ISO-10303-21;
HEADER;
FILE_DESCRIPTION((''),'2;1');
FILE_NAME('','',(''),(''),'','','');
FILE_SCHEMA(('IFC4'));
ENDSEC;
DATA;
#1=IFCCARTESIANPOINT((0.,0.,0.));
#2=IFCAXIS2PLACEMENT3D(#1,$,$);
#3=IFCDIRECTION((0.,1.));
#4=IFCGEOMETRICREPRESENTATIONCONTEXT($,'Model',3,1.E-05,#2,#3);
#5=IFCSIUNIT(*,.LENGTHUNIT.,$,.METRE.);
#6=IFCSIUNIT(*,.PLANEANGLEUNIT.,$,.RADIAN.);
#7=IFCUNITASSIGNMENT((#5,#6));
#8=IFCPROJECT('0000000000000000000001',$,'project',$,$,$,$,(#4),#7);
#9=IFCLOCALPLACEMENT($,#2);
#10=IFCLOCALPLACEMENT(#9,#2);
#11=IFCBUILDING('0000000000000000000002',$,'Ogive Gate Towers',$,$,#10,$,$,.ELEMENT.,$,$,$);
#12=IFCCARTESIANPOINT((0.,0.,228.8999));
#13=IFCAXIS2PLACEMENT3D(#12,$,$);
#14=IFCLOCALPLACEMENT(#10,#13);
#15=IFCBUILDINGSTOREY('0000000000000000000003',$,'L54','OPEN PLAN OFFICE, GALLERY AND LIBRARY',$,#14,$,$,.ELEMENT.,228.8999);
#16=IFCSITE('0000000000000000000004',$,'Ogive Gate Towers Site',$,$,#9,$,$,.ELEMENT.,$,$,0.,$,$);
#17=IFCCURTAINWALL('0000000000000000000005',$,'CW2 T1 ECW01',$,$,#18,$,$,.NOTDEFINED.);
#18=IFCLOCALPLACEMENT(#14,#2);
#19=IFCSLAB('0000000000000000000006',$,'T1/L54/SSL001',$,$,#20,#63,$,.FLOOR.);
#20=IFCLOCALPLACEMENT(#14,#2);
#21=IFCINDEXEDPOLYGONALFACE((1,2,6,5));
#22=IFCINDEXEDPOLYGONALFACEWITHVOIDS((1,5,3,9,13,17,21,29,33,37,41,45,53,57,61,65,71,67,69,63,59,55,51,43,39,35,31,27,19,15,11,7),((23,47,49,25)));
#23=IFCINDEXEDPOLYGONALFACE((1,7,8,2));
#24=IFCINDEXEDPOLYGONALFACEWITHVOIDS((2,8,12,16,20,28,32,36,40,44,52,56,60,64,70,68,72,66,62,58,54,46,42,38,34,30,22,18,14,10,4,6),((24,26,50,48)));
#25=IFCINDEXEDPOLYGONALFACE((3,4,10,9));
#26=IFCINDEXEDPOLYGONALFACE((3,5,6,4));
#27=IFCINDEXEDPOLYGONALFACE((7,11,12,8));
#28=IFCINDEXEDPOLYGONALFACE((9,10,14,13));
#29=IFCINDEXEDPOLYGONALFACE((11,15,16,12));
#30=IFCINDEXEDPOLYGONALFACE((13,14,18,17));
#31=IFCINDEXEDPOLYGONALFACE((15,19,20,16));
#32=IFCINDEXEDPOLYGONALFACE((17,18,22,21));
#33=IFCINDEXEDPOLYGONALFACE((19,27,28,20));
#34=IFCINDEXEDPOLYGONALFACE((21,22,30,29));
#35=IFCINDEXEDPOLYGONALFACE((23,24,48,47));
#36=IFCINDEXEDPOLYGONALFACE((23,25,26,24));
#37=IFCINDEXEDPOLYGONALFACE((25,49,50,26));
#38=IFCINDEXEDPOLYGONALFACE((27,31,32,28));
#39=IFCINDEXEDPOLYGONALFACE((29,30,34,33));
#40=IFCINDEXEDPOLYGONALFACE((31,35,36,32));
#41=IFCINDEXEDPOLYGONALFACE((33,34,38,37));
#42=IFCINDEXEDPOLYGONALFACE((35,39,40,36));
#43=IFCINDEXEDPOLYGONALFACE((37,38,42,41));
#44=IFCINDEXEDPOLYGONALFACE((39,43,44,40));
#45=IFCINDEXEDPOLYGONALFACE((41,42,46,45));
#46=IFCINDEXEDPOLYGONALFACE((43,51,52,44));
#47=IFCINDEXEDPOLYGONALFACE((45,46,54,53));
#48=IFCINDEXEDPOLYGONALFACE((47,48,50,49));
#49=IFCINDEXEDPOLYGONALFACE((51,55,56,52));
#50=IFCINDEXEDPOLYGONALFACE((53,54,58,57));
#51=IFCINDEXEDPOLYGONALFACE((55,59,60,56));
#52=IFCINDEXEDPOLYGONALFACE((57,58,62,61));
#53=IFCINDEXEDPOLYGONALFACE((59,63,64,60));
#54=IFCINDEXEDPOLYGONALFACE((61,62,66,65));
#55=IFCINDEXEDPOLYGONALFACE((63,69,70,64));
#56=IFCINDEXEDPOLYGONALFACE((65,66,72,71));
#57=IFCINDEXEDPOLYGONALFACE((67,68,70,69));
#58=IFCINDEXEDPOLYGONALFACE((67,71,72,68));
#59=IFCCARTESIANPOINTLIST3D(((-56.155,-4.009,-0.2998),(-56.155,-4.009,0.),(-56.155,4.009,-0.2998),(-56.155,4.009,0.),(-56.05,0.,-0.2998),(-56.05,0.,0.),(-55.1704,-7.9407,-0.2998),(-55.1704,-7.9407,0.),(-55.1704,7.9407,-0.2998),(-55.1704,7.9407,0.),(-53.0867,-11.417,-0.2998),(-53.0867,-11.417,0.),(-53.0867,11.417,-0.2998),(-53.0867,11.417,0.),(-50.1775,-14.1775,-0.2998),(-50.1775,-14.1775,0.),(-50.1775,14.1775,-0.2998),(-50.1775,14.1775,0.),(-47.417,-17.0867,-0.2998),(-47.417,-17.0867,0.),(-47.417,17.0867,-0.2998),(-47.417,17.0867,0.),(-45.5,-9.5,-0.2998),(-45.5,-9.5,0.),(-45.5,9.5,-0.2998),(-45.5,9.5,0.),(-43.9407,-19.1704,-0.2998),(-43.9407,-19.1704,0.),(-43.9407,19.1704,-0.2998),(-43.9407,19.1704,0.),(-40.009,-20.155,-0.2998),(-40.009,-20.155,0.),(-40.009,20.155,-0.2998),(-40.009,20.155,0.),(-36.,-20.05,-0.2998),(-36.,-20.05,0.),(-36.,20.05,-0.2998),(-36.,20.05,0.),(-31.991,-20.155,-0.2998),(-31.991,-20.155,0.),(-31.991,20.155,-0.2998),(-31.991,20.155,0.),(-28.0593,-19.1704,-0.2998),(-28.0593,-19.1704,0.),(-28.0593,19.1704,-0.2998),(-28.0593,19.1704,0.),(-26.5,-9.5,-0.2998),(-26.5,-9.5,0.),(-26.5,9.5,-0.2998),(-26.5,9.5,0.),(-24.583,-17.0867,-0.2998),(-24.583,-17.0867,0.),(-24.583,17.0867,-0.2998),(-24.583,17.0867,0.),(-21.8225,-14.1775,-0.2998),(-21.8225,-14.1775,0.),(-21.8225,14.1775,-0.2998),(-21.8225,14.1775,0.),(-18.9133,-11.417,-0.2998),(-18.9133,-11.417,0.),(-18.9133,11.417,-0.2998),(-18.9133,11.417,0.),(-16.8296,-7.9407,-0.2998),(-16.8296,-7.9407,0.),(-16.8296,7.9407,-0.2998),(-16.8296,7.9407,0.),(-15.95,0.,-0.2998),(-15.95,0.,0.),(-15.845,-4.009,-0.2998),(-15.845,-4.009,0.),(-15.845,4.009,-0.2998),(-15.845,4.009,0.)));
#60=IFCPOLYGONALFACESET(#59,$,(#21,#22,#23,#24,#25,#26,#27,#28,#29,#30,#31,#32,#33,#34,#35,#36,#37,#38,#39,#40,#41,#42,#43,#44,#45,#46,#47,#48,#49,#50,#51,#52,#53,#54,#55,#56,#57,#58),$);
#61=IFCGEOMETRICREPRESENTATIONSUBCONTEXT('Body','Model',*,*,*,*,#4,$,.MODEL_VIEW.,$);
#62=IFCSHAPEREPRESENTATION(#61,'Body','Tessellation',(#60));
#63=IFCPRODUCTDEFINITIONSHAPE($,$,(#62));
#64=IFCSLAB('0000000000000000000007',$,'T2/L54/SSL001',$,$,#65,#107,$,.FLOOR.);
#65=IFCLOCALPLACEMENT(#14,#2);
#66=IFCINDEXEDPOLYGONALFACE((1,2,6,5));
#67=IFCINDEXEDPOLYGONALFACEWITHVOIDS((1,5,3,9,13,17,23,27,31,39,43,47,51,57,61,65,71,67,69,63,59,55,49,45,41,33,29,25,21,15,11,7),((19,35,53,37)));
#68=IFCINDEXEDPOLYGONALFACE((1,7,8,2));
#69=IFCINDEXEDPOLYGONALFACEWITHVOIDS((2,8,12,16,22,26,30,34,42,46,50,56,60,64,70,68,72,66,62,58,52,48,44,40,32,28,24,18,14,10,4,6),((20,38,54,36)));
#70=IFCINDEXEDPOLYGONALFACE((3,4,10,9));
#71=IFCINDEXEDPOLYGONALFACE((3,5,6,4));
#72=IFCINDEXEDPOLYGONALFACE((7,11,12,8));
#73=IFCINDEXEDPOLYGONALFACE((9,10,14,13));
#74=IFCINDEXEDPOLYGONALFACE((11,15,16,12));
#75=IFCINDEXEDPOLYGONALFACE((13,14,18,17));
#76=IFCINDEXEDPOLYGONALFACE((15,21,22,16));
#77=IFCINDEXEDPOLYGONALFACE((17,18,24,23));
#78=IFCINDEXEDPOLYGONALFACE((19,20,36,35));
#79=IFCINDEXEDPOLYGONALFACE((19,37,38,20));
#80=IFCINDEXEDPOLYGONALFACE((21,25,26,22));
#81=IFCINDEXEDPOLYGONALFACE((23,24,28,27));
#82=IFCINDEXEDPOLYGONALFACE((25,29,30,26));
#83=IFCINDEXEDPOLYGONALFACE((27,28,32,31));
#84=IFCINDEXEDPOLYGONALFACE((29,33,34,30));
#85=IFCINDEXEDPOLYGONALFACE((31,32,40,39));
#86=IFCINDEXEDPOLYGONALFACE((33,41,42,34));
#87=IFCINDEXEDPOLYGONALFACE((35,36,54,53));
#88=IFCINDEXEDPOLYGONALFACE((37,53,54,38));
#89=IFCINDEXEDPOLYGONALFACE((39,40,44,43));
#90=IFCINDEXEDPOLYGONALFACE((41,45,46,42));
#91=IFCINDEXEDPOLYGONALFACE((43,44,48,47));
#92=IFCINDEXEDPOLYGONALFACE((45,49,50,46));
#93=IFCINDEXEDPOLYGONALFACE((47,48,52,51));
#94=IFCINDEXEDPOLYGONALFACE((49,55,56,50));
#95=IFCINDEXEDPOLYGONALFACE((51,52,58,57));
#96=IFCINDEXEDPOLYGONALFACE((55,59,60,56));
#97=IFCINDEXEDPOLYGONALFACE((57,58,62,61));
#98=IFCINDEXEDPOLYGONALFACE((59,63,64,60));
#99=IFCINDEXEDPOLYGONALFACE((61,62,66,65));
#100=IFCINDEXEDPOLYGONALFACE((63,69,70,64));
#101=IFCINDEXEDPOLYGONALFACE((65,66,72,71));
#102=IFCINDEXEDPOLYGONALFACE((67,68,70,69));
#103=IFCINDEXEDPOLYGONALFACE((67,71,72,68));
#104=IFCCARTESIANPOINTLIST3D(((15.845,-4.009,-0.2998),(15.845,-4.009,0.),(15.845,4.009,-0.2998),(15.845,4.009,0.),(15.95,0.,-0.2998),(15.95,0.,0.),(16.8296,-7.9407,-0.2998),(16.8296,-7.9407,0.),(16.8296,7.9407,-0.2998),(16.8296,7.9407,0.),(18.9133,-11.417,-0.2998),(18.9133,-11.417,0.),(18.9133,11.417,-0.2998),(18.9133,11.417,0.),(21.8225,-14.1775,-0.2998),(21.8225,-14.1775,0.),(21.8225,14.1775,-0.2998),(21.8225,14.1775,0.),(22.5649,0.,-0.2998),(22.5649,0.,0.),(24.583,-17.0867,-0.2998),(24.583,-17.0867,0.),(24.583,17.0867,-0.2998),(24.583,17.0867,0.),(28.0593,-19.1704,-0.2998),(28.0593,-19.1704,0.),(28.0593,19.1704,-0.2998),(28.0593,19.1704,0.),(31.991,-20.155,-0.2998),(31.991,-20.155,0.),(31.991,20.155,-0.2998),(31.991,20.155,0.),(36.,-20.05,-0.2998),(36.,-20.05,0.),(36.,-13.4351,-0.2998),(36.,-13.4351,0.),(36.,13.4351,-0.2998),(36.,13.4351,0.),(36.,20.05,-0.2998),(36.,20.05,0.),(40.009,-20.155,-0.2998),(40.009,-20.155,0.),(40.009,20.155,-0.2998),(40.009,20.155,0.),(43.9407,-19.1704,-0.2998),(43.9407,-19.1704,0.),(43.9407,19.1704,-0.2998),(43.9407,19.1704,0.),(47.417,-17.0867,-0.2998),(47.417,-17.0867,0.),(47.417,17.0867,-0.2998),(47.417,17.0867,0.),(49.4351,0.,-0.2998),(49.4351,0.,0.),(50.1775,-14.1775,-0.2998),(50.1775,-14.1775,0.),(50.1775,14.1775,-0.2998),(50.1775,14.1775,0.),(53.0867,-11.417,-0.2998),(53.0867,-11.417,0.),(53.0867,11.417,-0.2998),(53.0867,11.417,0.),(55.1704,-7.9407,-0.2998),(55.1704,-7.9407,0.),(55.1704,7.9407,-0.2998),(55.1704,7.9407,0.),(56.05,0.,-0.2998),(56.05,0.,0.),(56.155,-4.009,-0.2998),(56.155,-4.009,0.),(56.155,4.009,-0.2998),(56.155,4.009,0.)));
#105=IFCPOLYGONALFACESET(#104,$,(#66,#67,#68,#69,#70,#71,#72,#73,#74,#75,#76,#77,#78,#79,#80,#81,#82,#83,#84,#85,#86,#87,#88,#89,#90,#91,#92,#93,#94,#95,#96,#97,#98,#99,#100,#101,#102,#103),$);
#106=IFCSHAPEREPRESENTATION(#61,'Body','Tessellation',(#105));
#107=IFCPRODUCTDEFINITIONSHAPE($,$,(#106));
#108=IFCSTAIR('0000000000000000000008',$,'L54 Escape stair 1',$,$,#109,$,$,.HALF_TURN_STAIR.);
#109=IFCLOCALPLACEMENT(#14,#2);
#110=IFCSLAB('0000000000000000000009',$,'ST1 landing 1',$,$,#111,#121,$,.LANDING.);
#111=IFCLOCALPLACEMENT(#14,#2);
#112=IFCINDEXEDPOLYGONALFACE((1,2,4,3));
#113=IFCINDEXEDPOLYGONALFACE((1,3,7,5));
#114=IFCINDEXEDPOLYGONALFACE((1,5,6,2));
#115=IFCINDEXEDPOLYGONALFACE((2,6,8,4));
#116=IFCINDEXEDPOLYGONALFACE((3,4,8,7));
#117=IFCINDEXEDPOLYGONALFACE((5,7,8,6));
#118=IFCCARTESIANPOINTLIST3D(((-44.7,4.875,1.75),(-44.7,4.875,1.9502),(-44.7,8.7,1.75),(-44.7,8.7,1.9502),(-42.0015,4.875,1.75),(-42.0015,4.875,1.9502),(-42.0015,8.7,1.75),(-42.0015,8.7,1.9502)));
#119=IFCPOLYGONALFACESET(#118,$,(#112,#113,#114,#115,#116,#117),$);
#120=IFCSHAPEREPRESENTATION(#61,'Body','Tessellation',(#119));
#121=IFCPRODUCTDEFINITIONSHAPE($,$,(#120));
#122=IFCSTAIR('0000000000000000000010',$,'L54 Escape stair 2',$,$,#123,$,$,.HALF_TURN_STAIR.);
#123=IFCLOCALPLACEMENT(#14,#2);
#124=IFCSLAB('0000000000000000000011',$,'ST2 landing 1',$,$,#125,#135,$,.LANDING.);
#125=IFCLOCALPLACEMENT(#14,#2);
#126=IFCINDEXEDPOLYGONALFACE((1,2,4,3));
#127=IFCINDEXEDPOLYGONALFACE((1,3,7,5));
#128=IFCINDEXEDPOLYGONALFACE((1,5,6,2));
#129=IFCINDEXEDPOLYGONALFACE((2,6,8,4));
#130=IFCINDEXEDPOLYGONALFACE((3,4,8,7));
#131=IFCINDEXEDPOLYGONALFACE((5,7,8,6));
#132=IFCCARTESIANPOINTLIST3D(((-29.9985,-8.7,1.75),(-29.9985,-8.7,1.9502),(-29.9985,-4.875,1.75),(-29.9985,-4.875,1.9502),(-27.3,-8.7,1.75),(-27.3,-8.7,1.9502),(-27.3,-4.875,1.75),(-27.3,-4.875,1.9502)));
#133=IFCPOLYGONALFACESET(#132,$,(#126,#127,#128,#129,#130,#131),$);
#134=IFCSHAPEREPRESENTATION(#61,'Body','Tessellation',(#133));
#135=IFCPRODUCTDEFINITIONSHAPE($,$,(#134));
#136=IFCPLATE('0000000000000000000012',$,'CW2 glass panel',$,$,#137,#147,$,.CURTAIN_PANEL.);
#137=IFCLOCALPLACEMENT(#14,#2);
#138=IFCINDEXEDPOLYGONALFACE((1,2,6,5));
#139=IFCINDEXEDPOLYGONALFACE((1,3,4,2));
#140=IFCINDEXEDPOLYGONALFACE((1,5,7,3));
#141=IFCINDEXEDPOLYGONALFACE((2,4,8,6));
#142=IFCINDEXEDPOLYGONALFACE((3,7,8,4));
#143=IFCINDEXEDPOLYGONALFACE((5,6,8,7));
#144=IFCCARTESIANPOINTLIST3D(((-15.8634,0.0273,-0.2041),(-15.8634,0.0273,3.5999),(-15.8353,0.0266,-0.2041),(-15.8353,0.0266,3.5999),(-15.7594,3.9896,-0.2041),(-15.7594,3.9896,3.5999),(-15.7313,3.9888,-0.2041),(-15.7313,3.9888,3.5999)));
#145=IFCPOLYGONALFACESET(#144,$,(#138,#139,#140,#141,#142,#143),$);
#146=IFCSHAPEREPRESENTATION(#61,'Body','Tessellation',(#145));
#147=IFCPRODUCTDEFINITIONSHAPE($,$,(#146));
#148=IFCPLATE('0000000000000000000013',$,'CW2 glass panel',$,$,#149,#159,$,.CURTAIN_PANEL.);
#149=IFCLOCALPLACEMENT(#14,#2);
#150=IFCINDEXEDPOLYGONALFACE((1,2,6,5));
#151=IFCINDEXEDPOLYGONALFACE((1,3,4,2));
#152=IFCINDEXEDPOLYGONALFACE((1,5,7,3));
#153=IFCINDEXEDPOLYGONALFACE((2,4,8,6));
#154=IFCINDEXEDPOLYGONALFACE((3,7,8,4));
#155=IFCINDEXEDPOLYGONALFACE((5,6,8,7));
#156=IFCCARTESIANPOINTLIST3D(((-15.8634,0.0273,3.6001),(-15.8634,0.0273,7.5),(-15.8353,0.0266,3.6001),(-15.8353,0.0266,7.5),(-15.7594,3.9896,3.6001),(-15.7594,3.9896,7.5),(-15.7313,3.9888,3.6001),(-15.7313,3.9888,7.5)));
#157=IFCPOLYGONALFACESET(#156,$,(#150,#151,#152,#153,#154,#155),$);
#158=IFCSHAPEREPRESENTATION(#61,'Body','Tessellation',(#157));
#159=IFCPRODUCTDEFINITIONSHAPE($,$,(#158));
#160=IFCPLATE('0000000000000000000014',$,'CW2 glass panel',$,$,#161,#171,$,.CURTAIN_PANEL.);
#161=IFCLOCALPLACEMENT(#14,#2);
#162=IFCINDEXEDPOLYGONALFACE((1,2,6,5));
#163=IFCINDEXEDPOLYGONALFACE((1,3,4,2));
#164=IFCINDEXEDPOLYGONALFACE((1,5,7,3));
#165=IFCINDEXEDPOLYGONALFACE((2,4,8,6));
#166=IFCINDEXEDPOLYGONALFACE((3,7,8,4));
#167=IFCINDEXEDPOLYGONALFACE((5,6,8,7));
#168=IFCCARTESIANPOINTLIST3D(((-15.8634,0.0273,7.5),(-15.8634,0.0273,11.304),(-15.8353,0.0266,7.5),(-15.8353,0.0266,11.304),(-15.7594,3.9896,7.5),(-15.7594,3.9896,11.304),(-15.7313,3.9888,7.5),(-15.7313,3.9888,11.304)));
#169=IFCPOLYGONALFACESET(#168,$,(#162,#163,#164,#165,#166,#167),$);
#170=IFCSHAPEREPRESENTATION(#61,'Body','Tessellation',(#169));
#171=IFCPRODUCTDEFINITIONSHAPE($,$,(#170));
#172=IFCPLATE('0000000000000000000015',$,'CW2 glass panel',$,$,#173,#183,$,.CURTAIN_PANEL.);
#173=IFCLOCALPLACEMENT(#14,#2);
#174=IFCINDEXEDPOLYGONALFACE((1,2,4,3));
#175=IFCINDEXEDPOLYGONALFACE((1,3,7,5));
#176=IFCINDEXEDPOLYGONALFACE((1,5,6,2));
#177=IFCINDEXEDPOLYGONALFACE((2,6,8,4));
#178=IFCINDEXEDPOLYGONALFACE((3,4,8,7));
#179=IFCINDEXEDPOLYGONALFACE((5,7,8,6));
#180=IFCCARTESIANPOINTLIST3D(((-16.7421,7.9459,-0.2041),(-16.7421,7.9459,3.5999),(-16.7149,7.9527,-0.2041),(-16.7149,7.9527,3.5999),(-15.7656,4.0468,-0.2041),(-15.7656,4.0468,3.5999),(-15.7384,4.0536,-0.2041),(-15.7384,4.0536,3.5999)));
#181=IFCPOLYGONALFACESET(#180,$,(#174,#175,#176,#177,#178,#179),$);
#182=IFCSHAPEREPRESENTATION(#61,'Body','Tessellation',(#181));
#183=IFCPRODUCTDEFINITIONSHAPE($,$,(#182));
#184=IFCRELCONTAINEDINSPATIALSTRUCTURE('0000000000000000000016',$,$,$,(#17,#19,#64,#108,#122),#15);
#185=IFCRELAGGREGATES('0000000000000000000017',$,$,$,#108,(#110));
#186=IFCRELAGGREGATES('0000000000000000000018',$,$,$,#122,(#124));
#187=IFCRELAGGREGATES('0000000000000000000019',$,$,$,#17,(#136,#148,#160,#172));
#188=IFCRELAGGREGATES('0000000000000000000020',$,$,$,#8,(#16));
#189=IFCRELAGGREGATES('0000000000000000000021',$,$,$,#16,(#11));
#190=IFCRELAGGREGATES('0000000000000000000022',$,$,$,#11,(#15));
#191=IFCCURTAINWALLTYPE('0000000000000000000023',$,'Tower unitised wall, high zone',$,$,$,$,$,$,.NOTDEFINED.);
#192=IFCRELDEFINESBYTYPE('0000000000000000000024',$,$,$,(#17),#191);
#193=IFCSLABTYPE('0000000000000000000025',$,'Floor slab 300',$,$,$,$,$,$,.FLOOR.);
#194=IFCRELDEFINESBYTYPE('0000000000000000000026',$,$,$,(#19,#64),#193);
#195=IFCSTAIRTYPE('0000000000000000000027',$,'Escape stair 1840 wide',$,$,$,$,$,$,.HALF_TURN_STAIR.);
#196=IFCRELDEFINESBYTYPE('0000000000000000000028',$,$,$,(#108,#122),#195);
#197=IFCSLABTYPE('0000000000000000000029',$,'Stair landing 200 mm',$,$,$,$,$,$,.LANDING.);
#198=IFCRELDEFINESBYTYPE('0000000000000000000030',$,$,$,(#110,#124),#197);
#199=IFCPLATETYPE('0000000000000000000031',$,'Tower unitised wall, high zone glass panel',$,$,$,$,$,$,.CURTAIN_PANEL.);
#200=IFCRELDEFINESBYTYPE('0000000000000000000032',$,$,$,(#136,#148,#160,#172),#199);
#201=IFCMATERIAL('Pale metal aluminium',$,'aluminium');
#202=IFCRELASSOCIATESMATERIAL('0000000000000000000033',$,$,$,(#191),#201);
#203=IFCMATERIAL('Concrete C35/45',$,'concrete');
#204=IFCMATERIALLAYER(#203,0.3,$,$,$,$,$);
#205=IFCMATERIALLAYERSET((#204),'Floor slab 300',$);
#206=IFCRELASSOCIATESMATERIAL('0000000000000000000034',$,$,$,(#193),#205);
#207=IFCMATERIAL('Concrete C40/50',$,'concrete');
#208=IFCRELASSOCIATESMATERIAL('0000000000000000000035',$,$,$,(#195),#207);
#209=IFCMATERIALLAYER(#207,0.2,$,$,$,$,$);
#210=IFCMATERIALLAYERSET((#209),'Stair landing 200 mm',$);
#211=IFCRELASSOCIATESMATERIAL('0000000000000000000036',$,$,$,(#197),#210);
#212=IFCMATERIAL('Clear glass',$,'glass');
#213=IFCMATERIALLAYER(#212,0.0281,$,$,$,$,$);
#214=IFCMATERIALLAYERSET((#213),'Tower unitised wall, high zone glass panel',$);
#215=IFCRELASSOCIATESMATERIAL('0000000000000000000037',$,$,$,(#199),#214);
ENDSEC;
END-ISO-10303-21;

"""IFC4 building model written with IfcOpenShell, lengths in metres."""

from ifc_helpers import new_model, si_unit, direction, frame, origin, origin_2d, place, context, subcontext, project, spatial, polyline, rectangle, outline, extrude, material, layer, layer_set, type_object, element, aggregate, save


model = new_model("IFC4")

# Units and contexts
model_context = context("Model", 3, precision=1e-05, world=origin(), true_north=direction((0.0, 1.0)))
body_context = subcontext(model_context, "Body", "Model", "MODEL_VIEW")
ifc_project = project(units=[si_unit("LENGTHUNIT", "METRE"), si_unit("PLANEANGLEUNIT", "RADIAN")], contexts=[model_context])

# Site, building, storey
site_placement = place(None, origin())
site = spatial("IfcSite", under=ifc_project, at=site_placement, Name="Ogive Gate Towers Site", CompositionType="ELEMENT", RefElevation=0.0)
building_placement = place(site_placement, origin())
building = spatial("IfcBuilding", under=site, at=building_placement, Name="Ogive Gate Towers", CompositionType="ELEMENT")
storey_placement = place(building_placement, frame((0.0, 0.0, 228.8999)))
storey = spatial("IfcBuildingStorey", under=building, at=storey_placement, Name="L54", Description="OPEN PLAN OFFICE, GALLERY AND LIBRARY", CompositionType="ELEMENT", Elevation=228.8999)

# Curtain wall
ifc_material_1 = material(Name="Pale metal aluminium", Category="aluminium")
curtain_wall_type = type_object("IfcCurtainWallType", Name="Tower unitised wall, high zone", PredefinedType="NOTDEFINED", material=ifc_material_1)
curtain_wall_1_placement = place(storey_placement, origin())
curtain_wall_1 = element("IfcCurtainWall", 1, at=curtain_wall_1_placement, inside=storey, type_object=curtain_wall_type, Name="CW2 T1 ECW01", PredefinedType="NOTDEFINED")

# Slabs
ifc_material_2 = material(Name="Concrete C40/50", Category="concrete")
ifc_material_3 = material(Name="Concrete C35/45", Category="concrete")
ifc_layer_1 = layer(ifc_material_3, 0.3)
ifc_layer_set_1 = layer_set([ifc_layer_1], Name="Floor slab 300")
slab_type_1 = type_object("IfcSlabType", Name="Floor slab 300", PredefinedType="FLOOR", material=ifc_layer_set_1)
slab_1_placement = place(storey_placement, frame((0.0, 0.0, -0.2998)))
element("IfcSlab", 2, at=slab_1_placement, inside=storey, type_object=slab_type_1, Name="T1/L54/SSL001", PredefinedType="FLOOR", context=body_context, shape_type="SweptSolid", body=[
    extrude(outline(polyline([(-15.845, -4.009), (-15.95, 0.0), (-15.845, 4.009), (-16.8296, 7.9407), (-18.9133, 11.417), (-21.8225, 14.1775), (-24.583, 17.0867), (-28.0593, 19.1704), (-31.991, 20.155), (-36.0, 20.05), (-40.009, 20.155), (-43.9407, 19.1704), (-47.417, 17.0867), (-50.1775, 14.1775), (-53.0867, 11.417), (-55.1704, 7.9407), (-56.155, 4.009), (-56.05, 0.0), (-56.155, -4.009), (-55.1704, -7.9407), (-53.0867, -11.417), (-50.1775, -14.1775), (-47.417, -17.0867), (-43.9407, -19.1704), (-40.009, -20.155), (-36.0, -20.05), (-31.991, -20.155), (-28.0593, -19.1704), (-24.583, -17.0867), (-21.8225, -14.1775), (-18.9133, -11.417), (-16.8296, -7.9407), (-15.845, -4.009)]), holes=[polyline([(-26.5, -9.5), (-45.5, -9.5), (-45.5, 9.5), (-26.5, 9.5), (-26.5, -9.5)])]), origin(), (0.0, 0.0, 1.0), 0.2998),
])
slab_2_placement = place(storey_placement, frame((0.0, 0.0, -0.2998)))
element("IfcSlab", 3, at=slab_2_placement, inside=storey, type_object=slab_type_1, Name="T2/L54/SSL001", PredefinedType="FLOOR", context=body_context, shape_type="SweptSolid", body=[
    extrude(outline(polyline([(56.155, -4.009), (56.05, 0.0), (56.155, 4.009), (55.1704, 7.9407), (53.0867, 11.417), (50.1775, 14.1775), (47.417, 17.0867), (43.9407, 19.1704), (40.009, 20.155), (36.0, 20.05), (31.991, 20.155), (28.0593, 19.1704), (24.583, 17.0867), (21.8225, 14.1775), (18.9133, 11.417), (16.8296, 7.9407), (15.845, 4.009), (15.95, 0.0), (15.845, -4.009), (16.8296, -7.9407), (18.9133, -11.417), (21.8225, -14.1775), (24.583, -17.0867), (28.0593, -19.1704), (31.991, -20.155), (36.0, -20.05), (40.009, -20.155), (43.9407, -19.1704), (47.417, -17.0867), (50.1775, -14.1775), (53.0867, -11.417), (55.1704, -7.9407), (56.155, -4.009)]), holes=[polyline([(49.4351, 0.0), (36.0, -13.4351), (22.5649, 0.0), (36.0, 13.4351), (49.4351, 0.0)])]), origin(), (0.0, 0.0, 1.0), 0.2998),
])

# Stairs, slabs
stair_type = type_object("IfcStairType", Name="Escape stair 1840 wide", PredefinedType="HALF_TURN_STAIR", material=ifc_material_2)
stair_1_placement = place(storey_placement, origin())
stair_1 = element("IfcStair", 4, at=stair_1_placement, inside=storey, type_object=stair_type, Name="L54 Escape stair 1", PredefinedType="HALF_TURN_STAIR")
ifc_layer_2 = layer(ifc_material_2, 0.2)
ifc_layer_set_2 = layer_set([ifc_layer_2], Name="Stair landing 200 mm")
slab_type_2 = type_object("IfcSlabType", Name="Stair landing 200 mm", PredefinedType="LANDING", material=ifc_layer_set_2)
slab_3_placement = place(storey_placement, frame((0.0, 0.0, 1.75)))
slab_3 = element("IfcSlab", 5, at=slab_3_placement, type_object=slab_type_2, Name="ST1 landing 1", PredefinedType="LANDING", context=body_context, shape_type="SweptSolid", body=[
    extrude(outline(polyline([(-42.0015, 8.7), (-44.7, 8.7), (-44.7, 4.875), (-42.0015, 4.875), (-42.0015, 8.7)])), origin(), (0.0, 0.0, 1.0), 0.2002),
])
aggregate(stair_1, [slab_3])
stair_2_placement = place(storey_placement, origin())
stair_2 = element("IfcStair", 6, at=stair_2_placement, inside=storey, type_object=stair_type, Name="L54 Escape stair 2", PredefinedType="HALF_TURN_STAIR")
slab_4_placement = place(storey_placement, frame((0.0, 0.0, 1.75)))
slab_4 = element("IfcSlab", 7, at=slab_4_placement, type_object=slab_type_2, Name="ST2 landing 1", PredefinedType="LANDING", context=body_context, shape_type="SweptSolid", body=[
    extrude(outline(polyline([(-29.9985, -8.7), (-27.3, -8.7), (-27.3, -4.875), (-29.9985, -4.875), (-29.9985, -8.7)])), origin(), (0.0, 0.0, 1.0), 0.2002),
])
aggregate(stair_2, [slab_4])

# Plates
ifc_material_4 = material(Name="Clear glass", Category="glass")
ifc_layer_3 = layer(ifc_material_4, 0.0281)
ifc_layer_set_3 = layer_set([ifc_layer_3], Name="Tower unitised wall, high zone glass panel")
plate_type = type_object("IfcPlateType", Name="Tower unitised wall, high zone glass panel", PredefinedType="CURTAIN_PANEL", material=ifc_layer_set_3)
plate_1_placement = place(storey_placement, frame((-15.7974, 2.0081, -0.2041), z_axis=(0.0, 0.0, 1.0), x_axis=(0.026229, 0.999656, 0.0)))
plate_1 = element("IfcPlate", 8, at=plate_1_placement, type_object=plate_type, Name="CW2 glass panel", PredefinedType="CURTAIN_PANEL", context=body_context, shape_type="SweptSolid", body=[
    extrude(rectangle(XDim=3.9636, YDim=0.0281, at=origin_2d()), origin(), (0.0, 0.0, 1.0), 3.804),
])
plate_2_placement = place(storey_placement, frame((-15.7974, 2.0081, 3.6001), z_axis=(0.0, 0.0, 1.0), x_axis=(0.026229, 0.999656, 0.0)))
plate_2 = element("IfcPlate", 9, at=plate_2_placement, type_object=plate_type, Name="CW2 glass panel", PredefinedType="CURTAIN_PANEL", context=body_context, shape_type="SweptSolid", body=[
    extrude(rectangle(XDim=3.9636, YDim=0.0281, at=origin_2d()), origin(), (0.0, 0.0, 1.0), 3.8999),
])
plate_3_placement = place(storey_placement, frame((-15.7974, 2.0081, 7.5), z_axis=(0.0, 0.0, 1.0), x_axis=(0.026229, 0.999656, 0.0)))
plate_3 = element("IfcPlate", 10, at=plate_3_placement, type_object=plate_type, Name="CW2 glass panel", PredefinedType="CURTAIN_PANEL", context=body_context, shape_type="SweptSolid", body=[
    extrude(rectangle(XDim=3.9636, YDim=0.0281, at=origin_2d()), origin(), (0.0, 0.0, 1.0), 3.804),
])
plate_4_placement = place(storey_placement, frame((-16.2402, 5.9998, -0.2041), z_axis=(0.0, 0.0, 1.0), x_axis=(-0.242938, 0.970042, 0.0)))
plate_4 = element("IfcPlate", 11, at=plate_4_placement, type_object=plate_type, Name="CW2 glass panel", PredefinedType="CURTAIN_PANEL", context=body_context, shape_type="SweptSolid", body=[
    extrude(rectangle(XDim=4.0195, YDim=0.0281, at=origin_2d()), origin(), (0.0, 0.0, 1.0), 3.804),
])
aggregate(curtain_wall_1, [plate_1, plate_2, plate_3, plate_4])

save(model, "model.ifc")
